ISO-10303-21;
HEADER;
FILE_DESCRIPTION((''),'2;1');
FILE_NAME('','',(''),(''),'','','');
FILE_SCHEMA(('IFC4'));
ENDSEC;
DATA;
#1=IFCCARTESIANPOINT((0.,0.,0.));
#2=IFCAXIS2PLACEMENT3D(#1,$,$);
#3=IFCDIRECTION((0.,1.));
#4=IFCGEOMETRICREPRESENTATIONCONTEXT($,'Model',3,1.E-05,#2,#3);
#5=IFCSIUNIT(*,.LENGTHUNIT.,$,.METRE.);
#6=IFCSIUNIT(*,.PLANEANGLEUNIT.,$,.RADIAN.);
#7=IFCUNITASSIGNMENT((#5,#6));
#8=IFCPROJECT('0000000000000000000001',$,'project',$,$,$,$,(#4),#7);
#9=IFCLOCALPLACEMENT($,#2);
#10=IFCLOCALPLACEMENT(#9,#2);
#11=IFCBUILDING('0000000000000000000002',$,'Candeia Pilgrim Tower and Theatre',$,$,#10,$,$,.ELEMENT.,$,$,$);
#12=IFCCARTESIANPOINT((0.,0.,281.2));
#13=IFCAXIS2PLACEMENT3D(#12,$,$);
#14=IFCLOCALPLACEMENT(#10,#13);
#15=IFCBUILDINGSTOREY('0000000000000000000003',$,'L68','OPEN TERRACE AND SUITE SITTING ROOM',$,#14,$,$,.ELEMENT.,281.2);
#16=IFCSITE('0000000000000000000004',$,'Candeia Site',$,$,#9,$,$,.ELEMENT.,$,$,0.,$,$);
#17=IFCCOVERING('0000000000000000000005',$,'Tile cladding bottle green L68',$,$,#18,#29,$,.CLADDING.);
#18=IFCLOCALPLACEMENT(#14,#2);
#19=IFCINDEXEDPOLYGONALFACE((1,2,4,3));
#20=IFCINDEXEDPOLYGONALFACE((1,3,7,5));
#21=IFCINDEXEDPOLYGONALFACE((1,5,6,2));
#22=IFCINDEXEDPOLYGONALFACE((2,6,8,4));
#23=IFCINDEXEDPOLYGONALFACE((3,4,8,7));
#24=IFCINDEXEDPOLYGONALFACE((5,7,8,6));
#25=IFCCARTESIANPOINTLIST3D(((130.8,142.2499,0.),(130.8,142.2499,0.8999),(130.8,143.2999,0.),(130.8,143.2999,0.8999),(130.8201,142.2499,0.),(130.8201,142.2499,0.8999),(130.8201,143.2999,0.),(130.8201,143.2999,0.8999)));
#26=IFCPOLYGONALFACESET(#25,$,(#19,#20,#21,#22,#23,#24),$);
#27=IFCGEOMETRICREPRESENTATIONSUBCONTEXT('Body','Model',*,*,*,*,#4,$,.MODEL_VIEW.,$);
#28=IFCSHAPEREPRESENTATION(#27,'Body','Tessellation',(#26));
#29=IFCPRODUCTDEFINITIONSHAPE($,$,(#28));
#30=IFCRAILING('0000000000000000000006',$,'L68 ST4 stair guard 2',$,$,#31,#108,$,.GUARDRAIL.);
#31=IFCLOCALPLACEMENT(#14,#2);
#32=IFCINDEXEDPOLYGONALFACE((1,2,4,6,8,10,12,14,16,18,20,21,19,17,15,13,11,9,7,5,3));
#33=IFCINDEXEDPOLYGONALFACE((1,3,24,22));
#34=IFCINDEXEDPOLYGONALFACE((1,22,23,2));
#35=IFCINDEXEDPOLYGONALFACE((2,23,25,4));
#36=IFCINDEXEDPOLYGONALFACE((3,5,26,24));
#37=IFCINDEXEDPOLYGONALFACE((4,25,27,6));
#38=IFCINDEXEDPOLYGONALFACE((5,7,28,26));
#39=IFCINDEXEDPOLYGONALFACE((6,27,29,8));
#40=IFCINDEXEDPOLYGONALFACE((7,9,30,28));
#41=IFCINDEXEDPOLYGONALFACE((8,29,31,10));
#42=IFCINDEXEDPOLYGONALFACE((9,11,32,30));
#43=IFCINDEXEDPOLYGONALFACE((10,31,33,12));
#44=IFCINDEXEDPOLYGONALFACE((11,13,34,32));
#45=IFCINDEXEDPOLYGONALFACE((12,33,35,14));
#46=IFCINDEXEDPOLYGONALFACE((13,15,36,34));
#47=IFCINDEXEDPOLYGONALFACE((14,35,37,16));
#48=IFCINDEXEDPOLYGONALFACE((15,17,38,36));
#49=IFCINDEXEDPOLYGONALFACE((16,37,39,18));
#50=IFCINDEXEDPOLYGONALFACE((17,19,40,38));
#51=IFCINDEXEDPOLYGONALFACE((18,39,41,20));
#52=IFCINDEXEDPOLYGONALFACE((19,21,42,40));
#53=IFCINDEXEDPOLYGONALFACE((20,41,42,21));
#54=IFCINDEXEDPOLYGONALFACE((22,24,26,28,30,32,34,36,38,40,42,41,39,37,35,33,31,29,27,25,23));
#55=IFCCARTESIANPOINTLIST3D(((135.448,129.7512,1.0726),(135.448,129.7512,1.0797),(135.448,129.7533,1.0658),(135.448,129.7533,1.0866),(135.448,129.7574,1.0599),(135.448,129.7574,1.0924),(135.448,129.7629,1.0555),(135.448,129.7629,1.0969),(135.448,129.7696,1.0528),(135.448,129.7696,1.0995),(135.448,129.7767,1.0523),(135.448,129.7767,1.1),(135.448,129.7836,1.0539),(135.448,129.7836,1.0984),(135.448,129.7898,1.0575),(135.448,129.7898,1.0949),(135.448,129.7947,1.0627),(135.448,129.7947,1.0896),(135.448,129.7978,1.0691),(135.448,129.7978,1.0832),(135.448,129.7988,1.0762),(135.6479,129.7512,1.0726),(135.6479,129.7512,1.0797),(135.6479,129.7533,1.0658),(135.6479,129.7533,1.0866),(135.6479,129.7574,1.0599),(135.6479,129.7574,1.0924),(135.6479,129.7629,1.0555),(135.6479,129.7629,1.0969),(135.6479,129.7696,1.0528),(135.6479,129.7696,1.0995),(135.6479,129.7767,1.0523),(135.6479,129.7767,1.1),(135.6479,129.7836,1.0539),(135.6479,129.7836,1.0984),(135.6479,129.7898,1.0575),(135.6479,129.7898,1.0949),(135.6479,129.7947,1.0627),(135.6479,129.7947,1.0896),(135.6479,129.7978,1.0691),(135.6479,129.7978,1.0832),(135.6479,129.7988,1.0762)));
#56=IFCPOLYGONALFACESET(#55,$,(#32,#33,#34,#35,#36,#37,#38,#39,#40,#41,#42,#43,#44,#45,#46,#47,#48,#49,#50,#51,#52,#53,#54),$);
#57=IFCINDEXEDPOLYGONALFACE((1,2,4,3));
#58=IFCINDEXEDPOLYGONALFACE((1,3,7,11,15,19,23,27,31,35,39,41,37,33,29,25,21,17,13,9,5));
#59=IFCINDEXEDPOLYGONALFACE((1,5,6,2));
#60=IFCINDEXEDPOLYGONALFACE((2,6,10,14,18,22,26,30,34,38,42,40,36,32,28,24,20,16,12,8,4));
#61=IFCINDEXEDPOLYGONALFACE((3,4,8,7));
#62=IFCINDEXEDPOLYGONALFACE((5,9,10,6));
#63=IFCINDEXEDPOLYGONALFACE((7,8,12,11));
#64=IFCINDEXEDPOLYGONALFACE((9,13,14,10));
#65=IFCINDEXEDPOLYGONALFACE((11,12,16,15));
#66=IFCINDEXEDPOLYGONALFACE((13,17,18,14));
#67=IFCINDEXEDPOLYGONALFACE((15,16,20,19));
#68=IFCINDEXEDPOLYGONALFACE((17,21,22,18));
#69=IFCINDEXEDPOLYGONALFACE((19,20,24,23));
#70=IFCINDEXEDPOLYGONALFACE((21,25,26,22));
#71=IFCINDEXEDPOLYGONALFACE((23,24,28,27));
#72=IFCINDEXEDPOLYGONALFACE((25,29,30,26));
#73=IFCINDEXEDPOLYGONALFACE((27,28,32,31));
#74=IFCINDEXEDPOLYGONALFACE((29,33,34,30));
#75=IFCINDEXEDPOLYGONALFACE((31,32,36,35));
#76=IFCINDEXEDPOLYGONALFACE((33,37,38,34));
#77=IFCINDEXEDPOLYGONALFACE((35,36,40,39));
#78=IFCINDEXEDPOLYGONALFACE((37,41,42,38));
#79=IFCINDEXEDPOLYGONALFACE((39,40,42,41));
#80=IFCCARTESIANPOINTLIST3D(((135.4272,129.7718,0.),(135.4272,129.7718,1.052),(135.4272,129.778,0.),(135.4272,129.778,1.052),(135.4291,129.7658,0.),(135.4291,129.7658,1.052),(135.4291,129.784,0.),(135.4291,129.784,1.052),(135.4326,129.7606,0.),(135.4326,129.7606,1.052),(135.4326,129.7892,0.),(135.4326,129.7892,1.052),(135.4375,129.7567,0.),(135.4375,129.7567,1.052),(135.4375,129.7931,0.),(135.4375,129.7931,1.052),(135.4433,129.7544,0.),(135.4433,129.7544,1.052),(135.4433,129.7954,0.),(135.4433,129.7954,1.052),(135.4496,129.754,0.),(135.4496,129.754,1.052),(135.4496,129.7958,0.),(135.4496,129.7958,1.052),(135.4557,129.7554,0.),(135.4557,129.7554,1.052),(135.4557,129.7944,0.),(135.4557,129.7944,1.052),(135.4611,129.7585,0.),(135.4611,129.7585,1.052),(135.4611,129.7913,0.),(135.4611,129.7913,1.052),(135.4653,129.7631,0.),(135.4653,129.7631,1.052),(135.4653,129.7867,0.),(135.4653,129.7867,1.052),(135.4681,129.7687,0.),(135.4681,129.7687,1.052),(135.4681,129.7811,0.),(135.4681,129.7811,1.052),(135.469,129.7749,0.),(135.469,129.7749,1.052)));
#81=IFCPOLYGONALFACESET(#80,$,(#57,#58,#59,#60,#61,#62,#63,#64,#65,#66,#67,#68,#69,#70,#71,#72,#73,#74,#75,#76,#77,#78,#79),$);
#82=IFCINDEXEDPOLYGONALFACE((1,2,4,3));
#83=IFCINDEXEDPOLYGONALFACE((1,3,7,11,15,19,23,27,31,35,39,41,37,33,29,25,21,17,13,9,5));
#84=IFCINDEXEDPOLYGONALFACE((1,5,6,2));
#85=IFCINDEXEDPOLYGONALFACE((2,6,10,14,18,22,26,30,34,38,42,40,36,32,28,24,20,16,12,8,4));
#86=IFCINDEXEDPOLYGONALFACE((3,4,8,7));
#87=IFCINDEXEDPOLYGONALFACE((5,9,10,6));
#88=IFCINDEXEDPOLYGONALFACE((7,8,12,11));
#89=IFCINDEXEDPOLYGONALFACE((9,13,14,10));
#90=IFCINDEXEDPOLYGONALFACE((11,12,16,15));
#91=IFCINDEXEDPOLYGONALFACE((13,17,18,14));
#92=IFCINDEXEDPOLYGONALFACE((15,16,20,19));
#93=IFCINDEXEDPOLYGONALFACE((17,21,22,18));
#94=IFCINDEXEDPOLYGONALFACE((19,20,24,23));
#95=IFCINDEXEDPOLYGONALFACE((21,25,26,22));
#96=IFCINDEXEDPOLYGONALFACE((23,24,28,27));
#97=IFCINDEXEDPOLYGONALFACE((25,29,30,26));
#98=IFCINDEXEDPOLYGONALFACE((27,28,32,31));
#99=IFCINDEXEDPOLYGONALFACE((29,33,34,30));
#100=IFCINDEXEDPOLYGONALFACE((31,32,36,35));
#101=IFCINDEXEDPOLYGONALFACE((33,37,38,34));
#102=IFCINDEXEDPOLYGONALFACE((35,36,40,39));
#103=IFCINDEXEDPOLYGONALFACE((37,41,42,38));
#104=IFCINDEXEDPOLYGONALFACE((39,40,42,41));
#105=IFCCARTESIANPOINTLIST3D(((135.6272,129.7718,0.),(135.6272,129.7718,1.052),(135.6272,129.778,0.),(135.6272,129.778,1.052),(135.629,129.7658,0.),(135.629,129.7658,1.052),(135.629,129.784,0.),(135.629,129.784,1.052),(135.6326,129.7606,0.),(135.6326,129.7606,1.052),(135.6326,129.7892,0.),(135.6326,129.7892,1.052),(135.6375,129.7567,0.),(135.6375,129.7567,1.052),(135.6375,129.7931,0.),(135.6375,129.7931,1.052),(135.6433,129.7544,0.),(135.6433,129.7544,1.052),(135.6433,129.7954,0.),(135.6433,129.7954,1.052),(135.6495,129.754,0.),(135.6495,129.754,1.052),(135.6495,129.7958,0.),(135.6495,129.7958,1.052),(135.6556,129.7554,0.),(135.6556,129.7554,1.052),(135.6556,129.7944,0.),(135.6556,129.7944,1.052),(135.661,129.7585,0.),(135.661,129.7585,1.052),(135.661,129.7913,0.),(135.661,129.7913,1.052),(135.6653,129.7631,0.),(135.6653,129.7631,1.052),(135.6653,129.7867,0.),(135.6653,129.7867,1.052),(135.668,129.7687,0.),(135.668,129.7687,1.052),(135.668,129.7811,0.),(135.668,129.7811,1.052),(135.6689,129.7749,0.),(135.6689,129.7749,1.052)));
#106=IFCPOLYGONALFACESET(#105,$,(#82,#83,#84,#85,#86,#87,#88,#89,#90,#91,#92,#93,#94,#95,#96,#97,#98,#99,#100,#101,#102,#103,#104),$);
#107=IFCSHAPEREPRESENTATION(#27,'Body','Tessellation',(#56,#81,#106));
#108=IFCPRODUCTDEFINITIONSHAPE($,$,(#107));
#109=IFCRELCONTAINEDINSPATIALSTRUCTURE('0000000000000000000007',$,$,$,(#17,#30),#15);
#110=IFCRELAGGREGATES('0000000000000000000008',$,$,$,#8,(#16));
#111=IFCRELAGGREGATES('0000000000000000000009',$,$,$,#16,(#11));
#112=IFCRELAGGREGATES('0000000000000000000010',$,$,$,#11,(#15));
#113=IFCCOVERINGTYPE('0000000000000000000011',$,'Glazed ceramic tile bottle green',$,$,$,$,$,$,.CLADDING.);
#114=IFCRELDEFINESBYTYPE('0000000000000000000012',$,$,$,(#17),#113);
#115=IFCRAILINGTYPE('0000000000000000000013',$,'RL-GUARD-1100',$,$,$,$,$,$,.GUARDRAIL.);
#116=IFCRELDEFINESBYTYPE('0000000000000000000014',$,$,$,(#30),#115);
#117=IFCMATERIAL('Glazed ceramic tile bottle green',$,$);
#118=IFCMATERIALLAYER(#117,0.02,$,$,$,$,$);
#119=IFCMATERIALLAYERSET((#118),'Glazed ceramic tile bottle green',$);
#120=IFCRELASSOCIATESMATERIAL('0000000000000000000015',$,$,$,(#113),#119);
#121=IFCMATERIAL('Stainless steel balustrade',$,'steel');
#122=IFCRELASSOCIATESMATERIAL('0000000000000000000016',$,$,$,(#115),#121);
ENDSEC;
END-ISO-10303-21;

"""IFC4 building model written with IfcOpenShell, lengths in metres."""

from ifc_helpers import new_model, si_unit, direction, frame, origin, origin_2d, place, context, subcontext, project, spatial, rectangle, circle, extrude, material, layer, layer_set, type_object, element, save


model = new_model("IFC4")

# Units and contexts
model_context = context("Model", 3, precision=1e-05, world=origin(), true_north=direction((0.0, 1.0)))
body_context = subcontext(model_context, "Body", "Model", "MODEL_VIEW")
ifc_project = project(units=[si_unit("LENGTHUNIT", "METRE"), si_unit("PLANEANGLEUNIT", "RADIAN")], contexts=[model_context])

# Site, building, storey
site_placement = place(None, origin())
site = spatial("IfcSite", under=ifc_project, at=site_placement, Name="Candeia Site", CompositionType="ELEMENT", RefElevation=0.0)
building_placement = place(site_placement, origin())
building = spatial("IfcBuilding", under=site, at=building_placement, Name="Candeia Pilgrim Tower and Theatre", CompositionType="ELEMENT")
storey_placement = place(building_placement, frame((0.0, 0.0, 281.2)))
storey = spatial("IfcBuildingStorey", under=building, at=storey_placement, Name="L68", Description="OPEN TERRACE AND SUITE SITTING ROOM", CompositionType="ELEMENT", Elevation=281.2)

# Covering
ifc_material_1 = material(Name="Glazed ceramic tile bottle green")
ifc_layer_1 = layer(ifc_material_1, 0.02)
ifc_layer_set_1 = layer_set([ifc_layer_1], Name="Glazed ceramic tile bottle green")
covering_type = type_object("IfcCoveringType", Name="Glazed ceramic tile bottle green", PredefinedType="CLADDING", material=ifc_layer_set_1)
covering_1_placement = place(storey_placement, frame((130.8101, 142.7749, 0.0), z_axis=(0.0, 0.0, 1.0), x_axis=(0.0, 1.0, 0.0)))
element("IfcCovering", 1, at=covering_1_placement, inside=storey, type_object=covering_type, Name="Tile cladding bottle green L68", PredefinedType="CLADDING", context=body_context, shape_type="SweptSolid", body=[
    extrude(rectangle(XDim=1.05, YDim=0.02, at=origin_2d()), origin(), (0.0, 0.0, 1.0), 0.8999),
])

# Railing
ifc_material_2 = material(Name="Stainless steel balustrade", Category="steel")
railing_type_1 = type_object("IfcRailingType", Name="RL-GUARD-1100", PredefinedType="GUARDRAIL", material=ifc_material_2)
railing_1_placement = place(storey_placement, frame((135.448, 129.7749, 0.0)))
element("IfcRailing", 2, at=railing_1_placement, inside=storey, type_object=railing_type_1, Name="L68 ST4 stair guard 2", PredefinedType="GUARDRAIL", context=body_context, shape_type="SweptSolid", body=[
    extrude(circle(Radius=0.0239, at=origin_2d()), frame((0.0, 0.0, 1.0762), z_axis=(1.0, 0.0, 0.0), x_axis=(0.0, 1.0, 0.0)), (0.0, 0.0, 1.0), 0.2),
    extrude(circle(Radius=0.021, at=origin_2d()), origin(), (0.0, 0.0, 1.0), 1.052),
    extrude(circle(Radius=0.021, at=origin_2d()), frame((0.2, 0.0, 0.0)), (0.0, 0.0, 1.0), 1.052),
])

save(model, "model.ifc")
